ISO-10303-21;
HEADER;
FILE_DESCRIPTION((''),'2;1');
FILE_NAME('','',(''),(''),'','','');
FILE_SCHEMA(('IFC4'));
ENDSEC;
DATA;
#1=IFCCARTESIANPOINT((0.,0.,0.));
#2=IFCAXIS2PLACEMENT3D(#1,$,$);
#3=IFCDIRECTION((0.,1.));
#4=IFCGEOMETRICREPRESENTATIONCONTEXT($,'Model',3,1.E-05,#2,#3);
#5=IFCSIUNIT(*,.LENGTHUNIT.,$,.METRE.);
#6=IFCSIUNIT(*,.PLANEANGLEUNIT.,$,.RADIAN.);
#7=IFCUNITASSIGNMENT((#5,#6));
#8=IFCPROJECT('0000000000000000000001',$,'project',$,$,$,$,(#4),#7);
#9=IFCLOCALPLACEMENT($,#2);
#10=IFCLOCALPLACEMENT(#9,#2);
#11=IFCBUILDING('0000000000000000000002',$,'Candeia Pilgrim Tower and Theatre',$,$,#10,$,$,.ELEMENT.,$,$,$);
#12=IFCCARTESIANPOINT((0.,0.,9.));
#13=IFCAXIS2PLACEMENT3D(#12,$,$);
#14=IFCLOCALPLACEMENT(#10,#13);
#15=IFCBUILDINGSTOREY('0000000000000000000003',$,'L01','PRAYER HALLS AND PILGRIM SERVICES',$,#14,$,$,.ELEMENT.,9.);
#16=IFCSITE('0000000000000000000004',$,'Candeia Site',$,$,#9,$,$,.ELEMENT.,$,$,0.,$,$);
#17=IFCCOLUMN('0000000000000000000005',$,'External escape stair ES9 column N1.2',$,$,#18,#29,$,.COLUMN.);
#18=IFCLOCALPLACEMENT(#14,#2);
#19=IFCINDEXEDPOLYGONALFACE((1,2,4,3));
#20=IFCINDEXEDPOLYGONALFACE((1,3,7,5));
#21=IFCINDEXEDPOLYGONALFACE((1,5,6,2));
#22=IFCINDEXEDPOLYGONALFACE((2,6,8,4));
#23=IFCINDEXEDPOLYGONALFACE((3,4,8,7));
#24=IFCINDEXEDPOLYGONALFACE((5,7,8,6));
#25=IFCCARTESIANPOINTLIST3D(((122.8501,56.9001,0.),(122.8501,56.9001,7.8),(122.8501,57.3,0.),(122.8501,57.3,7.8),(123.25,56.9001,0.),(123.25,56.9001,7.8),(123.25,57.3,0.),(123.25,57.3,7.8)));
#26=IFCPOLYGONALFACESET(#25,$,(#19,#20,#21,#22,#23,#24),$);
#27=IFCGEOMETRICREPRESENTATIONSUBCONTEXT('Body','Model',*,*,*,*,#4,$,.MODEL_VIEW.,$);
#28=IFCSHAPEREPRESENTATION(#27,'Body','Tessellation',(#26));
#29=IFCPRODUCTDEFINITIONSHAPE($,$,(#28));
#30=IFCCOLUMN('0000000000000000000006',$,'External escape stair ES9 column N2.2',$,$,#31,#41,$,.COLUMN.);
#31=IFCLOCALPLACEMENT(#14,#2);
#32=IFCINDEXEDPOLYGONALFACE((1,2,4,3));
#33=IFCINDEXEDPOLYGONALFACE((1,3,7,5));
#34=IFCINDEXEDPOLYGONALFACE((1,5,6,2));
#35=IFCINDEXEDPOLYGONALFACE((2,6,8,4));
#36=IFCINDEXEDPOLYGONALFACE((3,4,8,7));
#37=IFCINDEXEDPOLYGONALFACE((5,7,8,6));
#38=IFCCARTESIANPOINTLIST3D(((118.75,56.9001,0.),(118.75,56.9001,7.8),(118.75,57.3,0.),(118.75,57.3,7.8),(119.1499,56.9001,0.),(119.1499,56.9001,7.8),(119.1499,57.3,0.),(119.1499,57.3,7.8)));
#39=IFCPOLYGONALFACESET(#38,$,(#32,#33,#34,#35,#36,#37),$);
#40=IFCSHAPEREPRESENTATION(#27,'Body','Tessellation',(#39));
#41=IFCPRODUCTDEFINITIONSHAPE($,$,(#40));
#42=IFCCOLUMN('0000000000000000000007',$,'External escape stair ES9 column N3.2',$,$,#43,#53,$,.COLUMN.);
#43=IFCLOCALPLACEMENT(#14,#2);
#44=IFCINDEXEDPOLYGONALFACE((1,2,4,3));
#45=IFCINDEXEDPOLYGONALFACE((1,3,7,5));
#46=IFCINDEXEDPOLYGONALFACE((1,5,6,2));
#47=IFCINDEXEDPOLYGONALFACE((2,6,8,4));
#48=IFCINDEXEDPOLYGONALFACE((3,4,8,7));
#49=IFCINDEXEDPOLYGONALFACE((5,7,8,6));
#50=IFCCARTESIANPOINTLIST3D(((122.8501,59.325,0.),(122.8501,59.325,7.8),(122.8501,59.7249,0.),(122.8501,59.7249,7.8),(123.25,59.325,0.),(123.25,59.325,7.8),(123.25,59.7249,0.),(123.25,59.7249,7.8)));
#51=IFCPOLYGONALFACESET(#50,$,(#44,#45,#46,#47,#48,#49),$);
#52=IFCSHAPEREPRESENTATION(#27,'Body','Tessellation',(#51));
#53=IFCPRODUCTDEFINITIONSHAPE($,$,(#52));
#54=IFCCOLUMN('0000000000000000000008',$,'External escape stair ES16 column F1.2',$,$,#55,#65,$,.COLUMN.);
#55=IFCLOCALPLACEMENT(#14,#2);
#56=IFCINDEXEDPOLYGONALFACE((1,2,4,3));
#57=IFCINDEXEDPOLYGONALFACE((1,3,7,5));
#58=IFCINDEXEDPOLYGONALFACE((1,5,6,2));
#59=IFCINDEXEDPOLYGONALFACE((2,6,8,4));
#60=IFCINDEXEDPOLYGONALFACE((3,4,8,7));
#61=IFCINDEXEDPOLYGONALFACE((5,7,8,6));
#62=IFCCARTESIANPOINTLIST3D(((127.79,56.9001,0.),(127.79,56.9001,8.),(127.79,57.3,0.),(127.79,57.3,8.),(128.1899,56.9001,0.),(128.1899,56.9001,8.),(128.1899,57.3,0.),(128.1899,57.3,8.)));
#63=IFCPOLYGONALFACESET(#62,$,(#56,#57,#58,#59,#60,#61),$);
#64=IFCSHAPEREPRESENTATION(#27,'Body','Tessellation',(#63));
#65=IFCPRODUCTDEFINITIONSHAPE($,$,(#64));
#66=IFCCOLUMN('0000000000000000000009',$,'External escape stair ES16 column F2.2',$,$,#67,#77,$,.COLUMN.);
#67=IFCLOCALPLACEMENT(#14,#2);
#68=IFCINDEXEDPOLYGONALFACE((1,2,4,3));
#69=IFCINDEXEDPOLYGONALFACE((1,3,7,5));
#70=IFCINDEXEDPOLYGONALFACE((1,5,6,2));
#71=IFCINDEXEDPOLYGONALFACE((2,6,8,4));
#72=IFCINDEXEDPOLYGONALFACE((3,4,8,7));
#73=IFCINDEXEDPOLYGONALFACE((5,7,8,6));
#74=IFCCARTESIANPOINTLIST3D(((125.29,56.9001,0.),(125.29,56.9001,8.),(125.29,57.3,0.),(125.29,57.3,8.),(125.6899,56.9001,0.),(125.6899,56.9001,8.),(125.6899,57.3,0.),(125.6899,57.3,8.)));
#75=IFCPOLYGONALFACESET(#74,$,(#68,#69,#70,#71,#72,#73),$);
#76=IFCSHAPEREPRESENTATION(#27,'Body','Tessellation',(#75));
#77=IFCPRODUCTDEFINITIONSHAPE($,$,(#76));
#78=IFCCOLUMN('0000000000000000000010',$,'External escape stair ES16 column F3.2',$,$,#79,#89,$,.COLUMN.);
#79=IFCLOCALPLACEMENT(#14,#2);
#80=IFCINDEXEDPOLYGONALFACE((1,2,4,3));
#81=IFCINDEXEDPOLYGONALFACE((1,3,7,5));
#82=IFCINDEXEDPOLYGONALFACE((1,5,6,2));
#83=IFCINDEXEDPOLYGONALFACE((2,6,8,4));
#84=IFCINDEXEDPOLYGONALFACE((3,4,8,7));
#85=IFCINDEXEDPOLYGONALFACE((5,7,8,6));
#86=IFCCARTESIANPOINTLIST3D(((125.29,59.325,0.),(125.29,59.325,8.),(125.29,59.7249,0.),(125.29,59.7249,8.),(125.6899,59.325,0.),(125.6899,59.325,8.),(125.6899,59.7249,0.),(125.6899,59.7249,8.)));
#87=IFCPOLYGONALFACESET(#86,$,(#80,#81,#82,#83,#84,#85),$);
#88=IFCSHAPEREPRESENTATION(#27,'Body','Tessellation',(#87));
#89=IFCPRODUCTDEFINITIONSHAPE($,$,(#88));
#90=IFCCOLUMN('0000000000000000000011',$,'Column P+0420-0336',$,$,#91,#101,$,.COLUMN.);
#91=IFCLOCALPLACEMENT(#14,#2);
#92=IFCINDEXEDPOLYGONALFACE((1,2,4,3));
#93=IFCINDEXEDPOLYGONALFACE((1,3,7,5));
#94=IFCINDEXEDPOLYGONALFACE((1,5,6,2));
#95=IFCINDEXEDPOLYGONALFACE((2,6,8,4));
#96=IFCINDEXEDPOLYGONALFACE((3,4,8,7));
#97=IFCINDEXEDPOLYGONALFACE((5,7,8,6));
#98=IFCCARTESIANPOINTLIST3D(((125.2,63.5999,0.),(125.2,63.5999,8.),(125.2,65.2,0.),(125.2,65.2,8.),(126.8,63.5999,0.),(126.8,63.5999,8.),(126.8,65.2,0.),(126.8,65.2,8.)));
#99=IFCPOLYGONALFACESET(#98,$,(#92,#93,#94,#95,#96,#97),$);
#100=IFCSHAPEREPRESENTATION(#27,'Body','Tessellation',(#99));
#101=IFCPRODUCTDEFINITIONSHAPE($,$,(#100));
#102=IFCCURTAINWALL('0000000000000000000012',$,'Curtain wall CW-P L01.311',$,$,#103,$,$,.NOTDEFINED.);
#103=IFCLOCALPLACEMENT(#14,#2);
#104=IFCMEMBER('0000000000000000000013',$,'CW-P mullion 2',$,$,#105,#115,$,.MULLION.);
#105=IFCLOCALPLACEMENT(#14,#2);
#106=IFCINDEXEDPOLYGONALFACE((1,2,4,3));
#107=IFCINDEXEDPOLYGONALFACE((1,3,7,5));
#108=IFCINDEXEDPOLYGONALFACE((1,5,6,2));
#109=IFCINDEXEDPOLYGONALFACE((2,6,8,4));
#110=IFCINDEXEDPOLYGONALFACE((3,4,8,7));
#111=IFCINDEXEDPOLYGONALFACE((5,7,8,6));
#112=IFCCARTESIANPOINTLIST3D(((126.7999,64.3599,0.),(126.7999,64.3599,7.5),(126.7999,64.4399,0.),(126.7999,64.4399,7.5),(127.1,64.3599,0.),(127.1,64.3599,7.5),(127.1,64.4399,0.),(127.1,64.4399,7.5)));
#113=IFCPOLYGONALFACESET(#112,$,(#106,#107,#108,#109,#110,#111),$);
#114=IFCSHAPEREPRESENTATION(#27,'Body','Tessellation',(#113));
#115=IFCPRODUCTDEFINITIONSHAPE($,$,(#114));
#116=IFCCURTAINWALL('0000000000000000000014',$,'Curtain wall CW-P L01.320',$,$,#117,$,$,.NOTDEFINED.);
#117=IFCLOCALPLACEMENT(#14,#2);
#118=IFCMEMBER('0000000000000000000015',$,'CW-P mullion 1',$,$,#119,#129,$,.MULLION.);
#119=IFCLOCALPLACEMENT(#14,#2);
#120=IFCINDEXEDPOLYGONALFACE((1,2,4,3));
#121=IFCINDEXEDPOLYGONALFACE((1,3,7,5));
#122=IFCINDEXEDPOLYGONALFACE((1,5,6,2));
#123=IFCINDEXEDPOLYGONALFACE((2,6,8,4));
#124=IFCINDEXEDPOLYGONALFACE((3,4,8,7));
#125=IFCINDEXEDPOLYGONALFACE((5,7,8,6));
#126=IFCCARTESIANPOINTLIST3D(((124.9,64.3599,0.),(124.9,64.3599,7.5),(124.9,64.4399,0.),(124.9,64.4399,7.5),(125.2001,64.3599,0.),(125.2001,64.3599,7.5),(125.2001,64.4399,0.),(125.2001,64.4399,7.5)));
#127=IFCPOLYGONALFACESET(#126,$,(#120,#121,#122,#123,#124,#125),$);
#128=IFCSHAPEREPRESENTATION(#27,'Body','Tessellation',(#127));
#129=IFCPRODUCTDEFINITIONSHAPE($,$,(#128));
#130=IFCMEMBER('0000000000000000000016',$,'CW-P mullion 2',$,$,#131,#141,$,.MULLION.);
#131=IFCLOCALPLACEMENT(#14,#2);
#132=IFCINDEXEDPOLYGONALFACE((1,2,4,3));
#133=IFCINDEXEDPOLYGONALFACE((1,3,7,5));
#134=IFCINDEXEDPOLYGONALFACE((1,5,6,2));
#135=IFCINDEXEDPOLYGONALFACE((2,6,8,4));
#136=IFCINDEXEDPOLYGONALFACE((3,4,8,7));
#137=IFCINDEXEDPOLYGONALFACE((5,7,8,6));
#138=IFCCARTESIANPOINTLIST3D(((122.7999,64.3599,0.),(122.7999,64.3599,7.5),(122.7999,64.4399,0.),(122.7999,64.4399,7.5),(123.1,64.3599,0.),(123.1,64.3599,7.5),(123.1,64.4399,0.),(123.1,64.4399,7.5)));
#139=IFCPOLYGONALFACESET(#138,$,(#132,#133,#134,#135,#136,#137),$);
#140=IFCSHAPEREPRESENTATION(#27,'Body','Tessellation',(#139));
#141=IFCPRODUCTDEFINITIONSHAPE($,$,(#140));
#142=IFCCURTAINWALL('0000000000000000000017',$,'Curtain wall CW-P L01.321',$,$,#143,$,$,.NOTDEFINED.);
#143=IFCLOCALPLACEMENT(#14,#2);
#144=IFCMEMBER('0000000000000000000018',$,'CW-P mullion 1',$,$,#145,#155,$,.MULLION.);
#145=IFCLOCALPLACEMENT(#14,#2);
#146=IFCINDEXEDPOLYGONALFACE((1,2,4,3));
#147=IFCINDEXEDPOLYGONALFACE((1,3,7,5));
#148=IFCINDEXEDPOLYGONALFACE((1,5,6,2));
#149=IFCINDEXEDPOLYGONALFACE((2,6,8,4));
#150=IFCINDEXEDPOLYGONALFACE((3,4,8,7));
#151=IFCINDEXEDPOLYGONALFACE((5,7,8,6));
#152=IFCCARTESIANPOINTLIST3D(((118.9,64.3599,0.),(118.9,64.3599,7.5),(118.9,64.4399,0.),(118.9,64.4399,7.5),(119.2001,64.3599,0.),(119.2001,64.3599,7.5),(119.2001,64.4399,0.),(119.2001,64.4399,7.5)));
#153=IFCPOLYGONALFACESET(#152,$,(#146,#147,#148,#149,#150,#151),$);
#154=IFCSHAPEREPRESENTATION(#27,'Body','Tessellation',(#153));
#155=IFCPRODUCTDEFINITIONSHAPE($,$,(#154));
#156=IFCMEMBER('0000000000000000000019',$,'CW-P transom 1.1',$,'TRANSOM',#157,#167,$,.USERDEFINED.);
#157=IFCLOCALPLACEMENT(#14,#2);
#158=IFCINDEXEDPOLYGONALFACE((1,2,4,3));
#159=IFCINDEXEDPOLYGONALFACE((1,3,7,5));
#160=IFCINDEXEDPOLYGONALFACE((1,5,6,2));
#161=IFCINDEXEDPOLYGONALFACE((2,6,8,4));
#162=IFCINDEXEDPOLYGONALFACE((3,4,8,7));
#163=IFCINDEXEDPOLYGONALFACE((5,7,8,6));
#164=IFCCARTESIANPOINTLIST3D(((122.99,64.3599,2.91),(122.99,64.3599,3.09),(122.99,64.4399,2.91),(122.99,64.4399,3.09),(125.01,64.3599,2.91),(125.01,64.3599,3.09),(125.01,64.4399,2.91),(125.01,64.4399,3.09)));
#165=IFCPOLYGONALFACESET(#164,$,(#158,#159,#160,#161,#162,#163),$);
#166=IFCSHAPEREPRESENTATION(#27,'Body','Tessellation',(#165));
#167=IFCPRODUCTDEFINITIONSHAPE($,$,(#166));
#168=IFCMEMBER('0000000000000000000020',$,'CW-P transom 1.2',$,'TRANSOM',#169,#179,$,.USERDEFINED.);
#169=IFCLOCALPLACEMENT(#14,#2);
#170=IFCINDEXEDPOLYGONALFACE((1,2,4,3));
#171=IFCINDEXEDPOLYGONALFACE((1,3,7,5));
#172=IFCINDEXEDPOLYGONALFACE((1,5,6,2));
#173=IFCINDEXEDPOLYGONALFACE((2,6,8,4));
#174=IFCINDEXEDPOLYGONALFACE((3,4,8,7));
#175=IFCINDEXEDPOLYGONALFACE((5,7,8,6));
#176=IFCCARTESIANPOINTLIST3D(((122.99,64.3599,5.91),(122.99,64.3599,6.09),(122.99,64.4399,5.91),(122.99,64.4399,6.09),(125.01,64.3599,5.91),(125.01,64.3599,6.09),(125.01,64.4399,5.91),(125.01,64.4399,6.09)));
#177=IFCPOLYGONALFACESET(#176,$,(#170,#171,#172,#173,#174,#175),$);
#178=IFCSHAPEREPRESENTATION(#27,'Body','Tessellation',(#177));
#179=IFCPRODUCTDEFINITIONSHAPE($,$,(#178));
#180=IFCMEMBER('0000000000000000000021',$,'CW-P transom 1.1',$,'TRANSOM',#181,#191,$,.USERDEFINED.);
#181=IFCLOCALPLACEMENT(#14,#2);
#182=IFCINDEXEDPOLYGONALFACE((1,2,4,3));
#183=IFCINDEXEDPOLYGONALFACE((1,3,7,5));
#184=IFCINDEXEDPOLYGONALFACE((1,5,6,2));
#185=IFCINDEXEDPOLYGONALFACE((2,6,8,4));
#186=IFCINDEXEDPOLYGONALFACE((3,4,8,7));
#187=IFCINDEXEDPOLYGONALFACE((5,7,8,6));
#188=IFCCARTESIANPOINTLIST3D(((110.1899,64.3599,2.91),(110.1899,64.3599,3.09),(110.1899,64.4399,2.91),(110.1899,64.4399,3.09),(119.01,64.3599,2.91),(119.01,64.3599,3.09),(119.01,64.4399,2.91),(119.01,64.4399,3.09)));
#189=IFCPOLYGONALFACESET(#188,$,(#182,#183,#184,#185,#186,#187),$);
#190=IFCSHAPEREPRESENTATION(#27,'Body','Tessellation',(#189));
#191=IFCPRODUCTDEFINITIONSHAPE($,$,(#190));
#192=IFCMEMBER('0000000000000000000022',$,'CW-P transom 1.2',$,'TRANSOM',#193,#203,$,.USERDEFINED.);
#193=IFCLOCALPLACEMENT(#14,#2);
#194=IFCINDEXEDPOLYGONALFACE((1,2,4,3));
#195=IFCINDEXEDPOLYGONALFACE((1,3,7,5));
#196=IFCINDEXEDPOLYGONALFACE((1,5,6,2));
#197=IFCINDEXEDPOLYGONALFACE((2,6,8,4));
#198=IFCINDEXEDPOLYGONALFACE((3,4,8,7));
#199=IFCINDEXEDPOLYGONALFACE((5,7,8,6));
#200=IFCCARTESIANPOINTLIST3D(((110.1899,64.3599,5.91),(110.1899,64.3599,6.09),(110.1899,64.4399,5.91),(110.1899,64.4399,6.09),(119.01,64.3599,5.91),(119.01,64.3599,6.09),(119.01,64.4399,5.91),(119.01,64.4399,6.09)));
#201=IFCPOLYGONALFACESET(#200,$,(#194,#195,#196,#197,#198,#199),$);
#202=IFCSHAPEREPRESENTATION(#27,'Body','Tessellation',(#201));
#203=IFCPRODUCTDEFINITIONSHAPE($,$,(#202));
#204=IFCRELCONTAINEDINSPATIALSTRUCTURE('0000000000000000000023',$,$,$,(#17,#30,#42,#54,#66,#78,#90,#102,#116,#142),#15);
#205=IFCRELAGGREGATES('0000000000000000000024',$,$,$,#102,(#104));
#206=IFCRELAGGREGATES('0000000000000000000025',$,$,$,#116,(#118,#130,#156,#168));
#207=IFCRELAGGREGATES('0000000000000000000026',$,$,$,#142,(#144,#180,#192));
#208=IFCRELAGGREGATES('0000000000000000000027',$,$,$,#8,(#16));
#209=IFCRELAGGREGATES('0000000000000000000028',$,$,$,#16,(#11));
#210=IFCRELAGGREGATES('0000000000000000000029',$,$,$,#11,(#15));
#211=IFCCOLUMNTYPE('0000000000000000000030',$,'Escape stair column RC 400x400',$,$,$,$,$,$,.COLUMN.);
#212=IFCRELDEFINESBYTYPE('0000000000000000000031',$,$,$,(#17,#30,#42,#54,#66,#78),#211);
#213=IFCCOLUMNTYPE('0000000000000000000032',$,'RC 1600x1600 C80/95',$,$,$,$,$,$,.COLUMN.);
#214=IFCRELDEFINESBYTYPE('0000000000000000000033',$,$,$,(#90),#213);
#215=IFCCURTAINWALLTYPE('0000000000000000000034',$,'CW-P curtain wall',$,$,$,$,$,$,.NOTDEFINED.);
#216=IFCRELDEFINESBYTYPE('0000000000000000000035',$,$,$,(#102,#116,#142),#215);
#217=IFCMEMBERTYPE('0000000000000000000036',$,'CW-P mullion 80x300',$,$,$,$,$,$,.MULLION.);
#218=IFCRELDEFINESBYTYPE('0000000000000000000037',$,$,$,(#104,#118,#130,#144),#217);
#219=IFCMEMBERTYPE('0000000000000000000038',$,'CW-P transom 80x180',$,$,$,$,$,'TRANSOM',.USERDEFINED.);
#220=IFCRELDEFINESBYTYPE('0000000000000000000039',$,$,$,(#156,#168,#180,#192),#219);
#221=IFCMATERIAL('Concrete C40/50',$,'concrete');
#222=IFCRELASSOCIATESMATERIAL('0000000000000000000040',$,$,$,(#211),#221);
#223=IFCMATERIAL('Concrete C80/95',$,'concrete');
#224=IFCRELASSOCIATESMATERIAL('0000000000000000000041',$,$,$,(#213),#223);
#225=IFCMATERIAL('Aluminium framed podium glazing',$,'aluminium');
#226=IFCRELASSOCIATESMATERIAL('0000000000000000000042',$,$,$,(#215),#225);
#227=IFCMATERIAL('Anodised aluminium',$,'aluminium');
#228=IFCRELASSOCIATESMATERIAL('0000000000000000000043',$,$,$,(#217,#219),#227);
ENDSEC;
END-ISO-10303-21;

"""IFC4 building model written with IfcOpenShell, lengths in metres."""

from ifc_helpers import new_model, si_unit, direction, frame, origin, origin_2d, place, context, subcontext, project, spatial, rectangle, extrude, material, material_profile, profile_set, type_object, element, aggregate, save


model = new_model("IFC4")

# Units and contexts
model_context = context("Model", 3, precision=1e-05, world=origin(), true_north=direction((0.0, 1.0)))
body_context = subcontext(model_context, "Body", "Model", "MODEL_VIEW")
ifc_project = project(units=[si_unit("LENGTHUNIT", "METRE"), si_unit("PLANEANGLEUNIT", "RADIAN")], contexts=[model_context])

# Site, building, storey
site_placement = place(None, origin())
site = spatial("IfcSite", under=ifc_project, at=site_placement, Name="Candeia Site", CompositionType="ELEMENT", RefElevation=0.0)
building_placement = place(site_placement, origin())
building = spatial("IfcBuilding", under=site, at=building_placement, Name="Candeia Pilgrim Tower and Theatre", CompositionType="ELEMENT")
storey_placement = place(building_placement, frame((0.0, 0.0, 9.0)))
storey = spatial("IfcBuildingStorey", under=building, at=storey_placement, Name="L01", Description="PRAYER HALLS AND PILGRIM SERVICES", CompositionType="ELEMENT", Elevation=9.0)

# Columns
ifc_material_1 = material(Name="Concrete C40/50", Category="concrete")
ifc_material_profile_1 = material_profile(ifc_material_1, rectangle(XDim=0.3999, YDim=0.3999, at=origin_2d()))
ifc_profile_set_1 = profile_set([ifc_material_profile_1], Name="Concrete C40/50")
column_type_1 = type_object("IfcColumnType", Name="Escape stair column RC 400x400", PredefinedType="COLUMN", material=ifc_profile_set_1)
for number, where, z_axis, x_axis, name in (
    (1, (123.05, 57.1001, 0.0), (0.0, 0.0, 1.0), (1.0, 0.0, 0.0), "External escape stair ES9 column N1.2"),
    (2, (118.95, 57.1001, 0.0), (0.0, 0.0, 1.0), (1.0, 0.0, 0.0), "External escape stair ES9 column N2.2"),
    (3, (123.05, 59.5249, 0.0), (0.0, 0.0, 1.0), (1.0, 0.0, 0.0), "External escape stair ES9 column N3.2"),
):
    element("IfcColumn", number, at=place(storey_placement, frame(where, z_axis=z_axis, x_axis=x_axis)), inside=storey, type_object=column_type_1, Name=name, PredefinedType="COLUMN", context=body_context, shape_type="SweptSolid", body=[
        extrude(rectangle(XDim=0.3999, YDim=0.3999, at=origin_2d()), origin(), (0.0, 0.0, 1.0), 7.8),
    ])
for number, where, z_axis, x_axis, name in (
    (4, (127.99, 57.1001, 0.0), (0.0, 0.0, 1.0), (1.0, 0.0, 0.0), "External escape stair ES16 column F1.2"),
    (5, (125.49, 57.1001, 0.0), (0.0, 0.0, 1.0), (1.0, 0.0, 0.0), "External escape stair ES16 column F2.2"),
    (6, (125.49, 59.5249, 0.0), (0.0, 0.0, 1.0), (1.0, 0.0, 0.0), "External escape stair ES16 column F3.2"),
):
    element("IfcColumn", number, at=place(storey_placement, frame(where, z_axis=z_axis, x_axis=x_axis)), inside=storey, type_object=column_type_1, Name=name, PredefinedType="COLUMN", context=body_context, shape_type="SweptSolid", body=[
        extrude(rectangle(XDim=0.3999, YDim=0.3999, at=origin_2d()), origin(), (0.0, 0.0, 1.0), 8.0),
    ])
ifc_material_2 = material(Name="Concrete C80/95", Category="concrete")
ifc_material_profile_2 = material_profile(ifc_material_2, rectangle(XDim=1.6001, YDim=1.6001, at=origin_2d()))
ifc_profile_set_2 = profile_set([ifc_material_profile_2], Name="Concrete C80/95")
column_type_2 = type_object("IfcColumnType", Name="RC 1600x1600 C80/95", PredefinedType="COLUMN", material=ifc_profile_set_2)
column_placement = place(storey_placement, frame((126.0, 64.3999, 0.0), z_axis=(0.0, 0.0, 1.0), x_axis=(1.0, 0.0, 0.0)))
element("IfcColumn", 7, at=column_placement, inside=storey, type_object=column_type_2, Name="Column P+0420-0336", PredefinedType="COLUMN", context=body_context, shape_type="SweptSolid", body=[
    extrude(rectangle(XDim=1.6001, YDim=1.6001, at=origin_2d()), origin(), (0.0, 0.0, 1.0), 8.0),
])

# Curtain wall, member
ifc_material_3 = material(Name="Aluminium framed podium glazing", Category="aluminium")
curtain_wall_type = type_object("IfcCurtainWallType", Name="CW-P curtain wall", PredefinedType="NOTDEFINED", material=ifc_material_3)
curtain_wall_1_placement = place(storey_placement, origin())
curtain_wall_1 = element("IfcCurtainWall", 8, at=curtain_wall_1_placement, inside=storey, type_object=curtain_wall_type, Name="Curtain wall CW-P L01.311", PredefinedType="NOTDEFINED")
ifc_material_4 = material(Name="Anodised aluminium", Category="aluminium")
ifc_material_profile_3 = material_profile(ifc_material_4, rectangle(XDim=0.0801, YDim=0.3, at=origin_2d()))
ifc_profile_set_3 = profile_set([ifc_material_profile_3], Name="Anodised aluminium")
member_type_1 = type_object("IfcMemberType", Name="CW-P mullion 80x300", PredefinedType="MULLION", material=ifc_profile_set_3)
member_1_placement = place(storey_placement, frame((126.95, 64.3999, 0.0), z_axis=(0.0, 0.0, 1.0), x_axis=(0.0, -1.0, 0.0)))
member_1 = element("IfcMember", 9, at=member_1_placement, type_object=member_type_1, Name="CW-P mullion 2", PredefinedType="MULLION", context=body_context, shape_type="SweptSolid", body=[
    extrude(rectangle(XDim=0.0801, YDim=0.3, at=origin_2d()), origin(), (0.0, 0.0, 1.0), 7.5),
])

# Curtain wall, members
curtain_wall_2_placement = place(storey_placement, origin())
curtain_wall_2 = element("IfcCurtainWall", 10, at=curtain_wall_2_placement, inside=storey, type_object=curtain_wall_type, Name="Curtain wall CW-P L01.320", PredefinedType="NOTDEFINED")
member_2_placement = place(storey_placement, frame((125.05, 64.3999, 0.0), z_axis=(0.0, 0.0, 1.0), x_axis=(0.0, -1.0, 0.0)))
member_2 = element("IfcMember", 11, at=member_2_placement, type_object=member_type_1, Name="CW-P mullion 1", PredefinedType="MULLION", context=body_context, shape_type="SweptSolid", body=[
    extrude(rectangle(XDim=0.0801, YDim=0.3, at=origin_2d()), origin(), (0.0, 0.0, 1.0), 7.5),
])
member_3_placement = place(storey_placement, frame((122.95, 64.3999, 0.0), z_axis=(0.0, 0.0, 1.0), x_axis=(0.0, -1.0, 0.0)))
member_3 = element("IfcMember", 12, at=member_3_placement, type_object=member_type_1, Name="CW-P mullion 2", PredefinedType="MULLION", context=body_context, shape_type="SweptSolid", body=[
    extrude(rectangle(XDim=0.0801, YDim=0.3, at=origin_2d()), origin(), (0.0, 0.0, 1.0), 7.5),
])

# Curtain wall, member
curtain_wall_3_placement = place(storey_placement, origin())
curtain_wall_3 = element("IfcCurtainWall", 13, at=curtain_wall_3_placement, inside=storey, type_object=curtain_wall_type, Name="Curtain wall CW-P L01.321", PredefinedType="NOTDEFINED")
member_4_placement = place(storey_placement, frame((119.05, 64.3999, 0.0), z_axis=(0.0, 0.0, 1.0), x_axis=(0.0, -1.0, 0.0)))
member_4 = element("IfcMember", 14, at=member_4_placement, type_object=member_type_1, Name="CW-P mullion 1", PredefinedType="MULLION", context=body_context, shape_type="SweptSolid", body=[
    extrude(rectangle(XDim=0.0801, YDim=0.3, at=origin_2d()), origin(), (0.0, 0.0, 1.0), 7.5),
])

# Members
ifc_material_profile_4 = material_profile(ifc_material_4, rectangle(XDim=0.0801, YDim=0.1799, at=origin_2d()))
ifc_profile_set_4 = profile_set([ifc_material_profile_4], Name="Anodised aluminium")
member_type_2 = type_object("IfcMemberType", Name="CW-P transom 80x180", ElementType="TRANSOM", PredefinedType="USERDEFINED", material=ifc_profile_set_4)
member_5_placement = place(storey_placement, frame((125.01, 64.3999, 3.0), z_axis=(-1.0, 0.0, 0.0), x_axis=(0.0, -1.0, 0.0)))
member_5 = element("IfcMember", 15, at=member_5_placement, type_object=member_type_2, Name="CW-P transom 1.1", ObjectType="TRANSOM", PredefinedType="USERDEFINED", context=body_context, shape_type="SweptSolid", body=[
    extrude(rectangle(XDim=0.0801, YDim=0.1799, at=origin_2d()), origin(), (0.0, 0.0, 1.0), 2.02),
])
member_6_placement = place(storey_placement, frame((125.01, 64.3999, 6.0), z_axis=(-1.0, 0.0, 0.0), x_axis=(0.0, -1.0, 0.0)))
member_6 = element("IfcMember", 16, at=member_6_placement, type_object=member_type_2, Name="CW-P transom 1.2", ObjectType="TRANSOM", PredefinedType="USERDEFINED", context=body_context, shape_type="SweptSolid", body=[
    extrude(rectangle(XDim=0.0801, YDim=0.1799, at=origin_2d()), origin(), (0.0, 0.0, 1.0), 2.02),
])
member_7_placement = place(storey_placement, frame((119.01, 64.3999, 3.0), z_axis=(-1.0, 0.0, 0.0), x_axis=(0.0, -1.0, 0.0)))
member_7 = element("IfcMember", 17, at=member_7_placement, type_object=member_type_2, Name="CW-P transom 1.1", ObjectType="TRANSOM", PredefinedType="USERDEFINED", context=body_context, shape_type="SweptSolid", body=[
    extrude(rectangle(XDim=0.0801, YDim=0.1799, at=origin_2d()), origin(), (0.0, 0.0, 1.0), 8.8201),
])
member_8_placement = place(storey_placement, frame((119.01, 64.3999, 6.0), z_axis=(-1.0, 0.0, 0.0), x_axis=(0.0, -1.0, 0.0)))
member_8 = element("IfcMember", 18, at=member_8_placement, type_object=member_type_2, Name="CW-P transom 1.2", ObjectType="TRANSOM", PredefinedType="USERDEFINED", context=body_context, shape_type="SweptSolid", body=[
    extrude(rectangle(XDim=0.0801, YDim=0.1799, at=origin_2d()), origin(), (0.0, 0.0, 1.0), 8.8201),
])

aggregate(curtain_wall_1, [member_1])
aggregate(curtain_wall_2, [member_2, member_3, member_5, member_6])
aggregate(curtain_wall_3, [member_4, member_7, member_8])

save(model, "model.ifc")
